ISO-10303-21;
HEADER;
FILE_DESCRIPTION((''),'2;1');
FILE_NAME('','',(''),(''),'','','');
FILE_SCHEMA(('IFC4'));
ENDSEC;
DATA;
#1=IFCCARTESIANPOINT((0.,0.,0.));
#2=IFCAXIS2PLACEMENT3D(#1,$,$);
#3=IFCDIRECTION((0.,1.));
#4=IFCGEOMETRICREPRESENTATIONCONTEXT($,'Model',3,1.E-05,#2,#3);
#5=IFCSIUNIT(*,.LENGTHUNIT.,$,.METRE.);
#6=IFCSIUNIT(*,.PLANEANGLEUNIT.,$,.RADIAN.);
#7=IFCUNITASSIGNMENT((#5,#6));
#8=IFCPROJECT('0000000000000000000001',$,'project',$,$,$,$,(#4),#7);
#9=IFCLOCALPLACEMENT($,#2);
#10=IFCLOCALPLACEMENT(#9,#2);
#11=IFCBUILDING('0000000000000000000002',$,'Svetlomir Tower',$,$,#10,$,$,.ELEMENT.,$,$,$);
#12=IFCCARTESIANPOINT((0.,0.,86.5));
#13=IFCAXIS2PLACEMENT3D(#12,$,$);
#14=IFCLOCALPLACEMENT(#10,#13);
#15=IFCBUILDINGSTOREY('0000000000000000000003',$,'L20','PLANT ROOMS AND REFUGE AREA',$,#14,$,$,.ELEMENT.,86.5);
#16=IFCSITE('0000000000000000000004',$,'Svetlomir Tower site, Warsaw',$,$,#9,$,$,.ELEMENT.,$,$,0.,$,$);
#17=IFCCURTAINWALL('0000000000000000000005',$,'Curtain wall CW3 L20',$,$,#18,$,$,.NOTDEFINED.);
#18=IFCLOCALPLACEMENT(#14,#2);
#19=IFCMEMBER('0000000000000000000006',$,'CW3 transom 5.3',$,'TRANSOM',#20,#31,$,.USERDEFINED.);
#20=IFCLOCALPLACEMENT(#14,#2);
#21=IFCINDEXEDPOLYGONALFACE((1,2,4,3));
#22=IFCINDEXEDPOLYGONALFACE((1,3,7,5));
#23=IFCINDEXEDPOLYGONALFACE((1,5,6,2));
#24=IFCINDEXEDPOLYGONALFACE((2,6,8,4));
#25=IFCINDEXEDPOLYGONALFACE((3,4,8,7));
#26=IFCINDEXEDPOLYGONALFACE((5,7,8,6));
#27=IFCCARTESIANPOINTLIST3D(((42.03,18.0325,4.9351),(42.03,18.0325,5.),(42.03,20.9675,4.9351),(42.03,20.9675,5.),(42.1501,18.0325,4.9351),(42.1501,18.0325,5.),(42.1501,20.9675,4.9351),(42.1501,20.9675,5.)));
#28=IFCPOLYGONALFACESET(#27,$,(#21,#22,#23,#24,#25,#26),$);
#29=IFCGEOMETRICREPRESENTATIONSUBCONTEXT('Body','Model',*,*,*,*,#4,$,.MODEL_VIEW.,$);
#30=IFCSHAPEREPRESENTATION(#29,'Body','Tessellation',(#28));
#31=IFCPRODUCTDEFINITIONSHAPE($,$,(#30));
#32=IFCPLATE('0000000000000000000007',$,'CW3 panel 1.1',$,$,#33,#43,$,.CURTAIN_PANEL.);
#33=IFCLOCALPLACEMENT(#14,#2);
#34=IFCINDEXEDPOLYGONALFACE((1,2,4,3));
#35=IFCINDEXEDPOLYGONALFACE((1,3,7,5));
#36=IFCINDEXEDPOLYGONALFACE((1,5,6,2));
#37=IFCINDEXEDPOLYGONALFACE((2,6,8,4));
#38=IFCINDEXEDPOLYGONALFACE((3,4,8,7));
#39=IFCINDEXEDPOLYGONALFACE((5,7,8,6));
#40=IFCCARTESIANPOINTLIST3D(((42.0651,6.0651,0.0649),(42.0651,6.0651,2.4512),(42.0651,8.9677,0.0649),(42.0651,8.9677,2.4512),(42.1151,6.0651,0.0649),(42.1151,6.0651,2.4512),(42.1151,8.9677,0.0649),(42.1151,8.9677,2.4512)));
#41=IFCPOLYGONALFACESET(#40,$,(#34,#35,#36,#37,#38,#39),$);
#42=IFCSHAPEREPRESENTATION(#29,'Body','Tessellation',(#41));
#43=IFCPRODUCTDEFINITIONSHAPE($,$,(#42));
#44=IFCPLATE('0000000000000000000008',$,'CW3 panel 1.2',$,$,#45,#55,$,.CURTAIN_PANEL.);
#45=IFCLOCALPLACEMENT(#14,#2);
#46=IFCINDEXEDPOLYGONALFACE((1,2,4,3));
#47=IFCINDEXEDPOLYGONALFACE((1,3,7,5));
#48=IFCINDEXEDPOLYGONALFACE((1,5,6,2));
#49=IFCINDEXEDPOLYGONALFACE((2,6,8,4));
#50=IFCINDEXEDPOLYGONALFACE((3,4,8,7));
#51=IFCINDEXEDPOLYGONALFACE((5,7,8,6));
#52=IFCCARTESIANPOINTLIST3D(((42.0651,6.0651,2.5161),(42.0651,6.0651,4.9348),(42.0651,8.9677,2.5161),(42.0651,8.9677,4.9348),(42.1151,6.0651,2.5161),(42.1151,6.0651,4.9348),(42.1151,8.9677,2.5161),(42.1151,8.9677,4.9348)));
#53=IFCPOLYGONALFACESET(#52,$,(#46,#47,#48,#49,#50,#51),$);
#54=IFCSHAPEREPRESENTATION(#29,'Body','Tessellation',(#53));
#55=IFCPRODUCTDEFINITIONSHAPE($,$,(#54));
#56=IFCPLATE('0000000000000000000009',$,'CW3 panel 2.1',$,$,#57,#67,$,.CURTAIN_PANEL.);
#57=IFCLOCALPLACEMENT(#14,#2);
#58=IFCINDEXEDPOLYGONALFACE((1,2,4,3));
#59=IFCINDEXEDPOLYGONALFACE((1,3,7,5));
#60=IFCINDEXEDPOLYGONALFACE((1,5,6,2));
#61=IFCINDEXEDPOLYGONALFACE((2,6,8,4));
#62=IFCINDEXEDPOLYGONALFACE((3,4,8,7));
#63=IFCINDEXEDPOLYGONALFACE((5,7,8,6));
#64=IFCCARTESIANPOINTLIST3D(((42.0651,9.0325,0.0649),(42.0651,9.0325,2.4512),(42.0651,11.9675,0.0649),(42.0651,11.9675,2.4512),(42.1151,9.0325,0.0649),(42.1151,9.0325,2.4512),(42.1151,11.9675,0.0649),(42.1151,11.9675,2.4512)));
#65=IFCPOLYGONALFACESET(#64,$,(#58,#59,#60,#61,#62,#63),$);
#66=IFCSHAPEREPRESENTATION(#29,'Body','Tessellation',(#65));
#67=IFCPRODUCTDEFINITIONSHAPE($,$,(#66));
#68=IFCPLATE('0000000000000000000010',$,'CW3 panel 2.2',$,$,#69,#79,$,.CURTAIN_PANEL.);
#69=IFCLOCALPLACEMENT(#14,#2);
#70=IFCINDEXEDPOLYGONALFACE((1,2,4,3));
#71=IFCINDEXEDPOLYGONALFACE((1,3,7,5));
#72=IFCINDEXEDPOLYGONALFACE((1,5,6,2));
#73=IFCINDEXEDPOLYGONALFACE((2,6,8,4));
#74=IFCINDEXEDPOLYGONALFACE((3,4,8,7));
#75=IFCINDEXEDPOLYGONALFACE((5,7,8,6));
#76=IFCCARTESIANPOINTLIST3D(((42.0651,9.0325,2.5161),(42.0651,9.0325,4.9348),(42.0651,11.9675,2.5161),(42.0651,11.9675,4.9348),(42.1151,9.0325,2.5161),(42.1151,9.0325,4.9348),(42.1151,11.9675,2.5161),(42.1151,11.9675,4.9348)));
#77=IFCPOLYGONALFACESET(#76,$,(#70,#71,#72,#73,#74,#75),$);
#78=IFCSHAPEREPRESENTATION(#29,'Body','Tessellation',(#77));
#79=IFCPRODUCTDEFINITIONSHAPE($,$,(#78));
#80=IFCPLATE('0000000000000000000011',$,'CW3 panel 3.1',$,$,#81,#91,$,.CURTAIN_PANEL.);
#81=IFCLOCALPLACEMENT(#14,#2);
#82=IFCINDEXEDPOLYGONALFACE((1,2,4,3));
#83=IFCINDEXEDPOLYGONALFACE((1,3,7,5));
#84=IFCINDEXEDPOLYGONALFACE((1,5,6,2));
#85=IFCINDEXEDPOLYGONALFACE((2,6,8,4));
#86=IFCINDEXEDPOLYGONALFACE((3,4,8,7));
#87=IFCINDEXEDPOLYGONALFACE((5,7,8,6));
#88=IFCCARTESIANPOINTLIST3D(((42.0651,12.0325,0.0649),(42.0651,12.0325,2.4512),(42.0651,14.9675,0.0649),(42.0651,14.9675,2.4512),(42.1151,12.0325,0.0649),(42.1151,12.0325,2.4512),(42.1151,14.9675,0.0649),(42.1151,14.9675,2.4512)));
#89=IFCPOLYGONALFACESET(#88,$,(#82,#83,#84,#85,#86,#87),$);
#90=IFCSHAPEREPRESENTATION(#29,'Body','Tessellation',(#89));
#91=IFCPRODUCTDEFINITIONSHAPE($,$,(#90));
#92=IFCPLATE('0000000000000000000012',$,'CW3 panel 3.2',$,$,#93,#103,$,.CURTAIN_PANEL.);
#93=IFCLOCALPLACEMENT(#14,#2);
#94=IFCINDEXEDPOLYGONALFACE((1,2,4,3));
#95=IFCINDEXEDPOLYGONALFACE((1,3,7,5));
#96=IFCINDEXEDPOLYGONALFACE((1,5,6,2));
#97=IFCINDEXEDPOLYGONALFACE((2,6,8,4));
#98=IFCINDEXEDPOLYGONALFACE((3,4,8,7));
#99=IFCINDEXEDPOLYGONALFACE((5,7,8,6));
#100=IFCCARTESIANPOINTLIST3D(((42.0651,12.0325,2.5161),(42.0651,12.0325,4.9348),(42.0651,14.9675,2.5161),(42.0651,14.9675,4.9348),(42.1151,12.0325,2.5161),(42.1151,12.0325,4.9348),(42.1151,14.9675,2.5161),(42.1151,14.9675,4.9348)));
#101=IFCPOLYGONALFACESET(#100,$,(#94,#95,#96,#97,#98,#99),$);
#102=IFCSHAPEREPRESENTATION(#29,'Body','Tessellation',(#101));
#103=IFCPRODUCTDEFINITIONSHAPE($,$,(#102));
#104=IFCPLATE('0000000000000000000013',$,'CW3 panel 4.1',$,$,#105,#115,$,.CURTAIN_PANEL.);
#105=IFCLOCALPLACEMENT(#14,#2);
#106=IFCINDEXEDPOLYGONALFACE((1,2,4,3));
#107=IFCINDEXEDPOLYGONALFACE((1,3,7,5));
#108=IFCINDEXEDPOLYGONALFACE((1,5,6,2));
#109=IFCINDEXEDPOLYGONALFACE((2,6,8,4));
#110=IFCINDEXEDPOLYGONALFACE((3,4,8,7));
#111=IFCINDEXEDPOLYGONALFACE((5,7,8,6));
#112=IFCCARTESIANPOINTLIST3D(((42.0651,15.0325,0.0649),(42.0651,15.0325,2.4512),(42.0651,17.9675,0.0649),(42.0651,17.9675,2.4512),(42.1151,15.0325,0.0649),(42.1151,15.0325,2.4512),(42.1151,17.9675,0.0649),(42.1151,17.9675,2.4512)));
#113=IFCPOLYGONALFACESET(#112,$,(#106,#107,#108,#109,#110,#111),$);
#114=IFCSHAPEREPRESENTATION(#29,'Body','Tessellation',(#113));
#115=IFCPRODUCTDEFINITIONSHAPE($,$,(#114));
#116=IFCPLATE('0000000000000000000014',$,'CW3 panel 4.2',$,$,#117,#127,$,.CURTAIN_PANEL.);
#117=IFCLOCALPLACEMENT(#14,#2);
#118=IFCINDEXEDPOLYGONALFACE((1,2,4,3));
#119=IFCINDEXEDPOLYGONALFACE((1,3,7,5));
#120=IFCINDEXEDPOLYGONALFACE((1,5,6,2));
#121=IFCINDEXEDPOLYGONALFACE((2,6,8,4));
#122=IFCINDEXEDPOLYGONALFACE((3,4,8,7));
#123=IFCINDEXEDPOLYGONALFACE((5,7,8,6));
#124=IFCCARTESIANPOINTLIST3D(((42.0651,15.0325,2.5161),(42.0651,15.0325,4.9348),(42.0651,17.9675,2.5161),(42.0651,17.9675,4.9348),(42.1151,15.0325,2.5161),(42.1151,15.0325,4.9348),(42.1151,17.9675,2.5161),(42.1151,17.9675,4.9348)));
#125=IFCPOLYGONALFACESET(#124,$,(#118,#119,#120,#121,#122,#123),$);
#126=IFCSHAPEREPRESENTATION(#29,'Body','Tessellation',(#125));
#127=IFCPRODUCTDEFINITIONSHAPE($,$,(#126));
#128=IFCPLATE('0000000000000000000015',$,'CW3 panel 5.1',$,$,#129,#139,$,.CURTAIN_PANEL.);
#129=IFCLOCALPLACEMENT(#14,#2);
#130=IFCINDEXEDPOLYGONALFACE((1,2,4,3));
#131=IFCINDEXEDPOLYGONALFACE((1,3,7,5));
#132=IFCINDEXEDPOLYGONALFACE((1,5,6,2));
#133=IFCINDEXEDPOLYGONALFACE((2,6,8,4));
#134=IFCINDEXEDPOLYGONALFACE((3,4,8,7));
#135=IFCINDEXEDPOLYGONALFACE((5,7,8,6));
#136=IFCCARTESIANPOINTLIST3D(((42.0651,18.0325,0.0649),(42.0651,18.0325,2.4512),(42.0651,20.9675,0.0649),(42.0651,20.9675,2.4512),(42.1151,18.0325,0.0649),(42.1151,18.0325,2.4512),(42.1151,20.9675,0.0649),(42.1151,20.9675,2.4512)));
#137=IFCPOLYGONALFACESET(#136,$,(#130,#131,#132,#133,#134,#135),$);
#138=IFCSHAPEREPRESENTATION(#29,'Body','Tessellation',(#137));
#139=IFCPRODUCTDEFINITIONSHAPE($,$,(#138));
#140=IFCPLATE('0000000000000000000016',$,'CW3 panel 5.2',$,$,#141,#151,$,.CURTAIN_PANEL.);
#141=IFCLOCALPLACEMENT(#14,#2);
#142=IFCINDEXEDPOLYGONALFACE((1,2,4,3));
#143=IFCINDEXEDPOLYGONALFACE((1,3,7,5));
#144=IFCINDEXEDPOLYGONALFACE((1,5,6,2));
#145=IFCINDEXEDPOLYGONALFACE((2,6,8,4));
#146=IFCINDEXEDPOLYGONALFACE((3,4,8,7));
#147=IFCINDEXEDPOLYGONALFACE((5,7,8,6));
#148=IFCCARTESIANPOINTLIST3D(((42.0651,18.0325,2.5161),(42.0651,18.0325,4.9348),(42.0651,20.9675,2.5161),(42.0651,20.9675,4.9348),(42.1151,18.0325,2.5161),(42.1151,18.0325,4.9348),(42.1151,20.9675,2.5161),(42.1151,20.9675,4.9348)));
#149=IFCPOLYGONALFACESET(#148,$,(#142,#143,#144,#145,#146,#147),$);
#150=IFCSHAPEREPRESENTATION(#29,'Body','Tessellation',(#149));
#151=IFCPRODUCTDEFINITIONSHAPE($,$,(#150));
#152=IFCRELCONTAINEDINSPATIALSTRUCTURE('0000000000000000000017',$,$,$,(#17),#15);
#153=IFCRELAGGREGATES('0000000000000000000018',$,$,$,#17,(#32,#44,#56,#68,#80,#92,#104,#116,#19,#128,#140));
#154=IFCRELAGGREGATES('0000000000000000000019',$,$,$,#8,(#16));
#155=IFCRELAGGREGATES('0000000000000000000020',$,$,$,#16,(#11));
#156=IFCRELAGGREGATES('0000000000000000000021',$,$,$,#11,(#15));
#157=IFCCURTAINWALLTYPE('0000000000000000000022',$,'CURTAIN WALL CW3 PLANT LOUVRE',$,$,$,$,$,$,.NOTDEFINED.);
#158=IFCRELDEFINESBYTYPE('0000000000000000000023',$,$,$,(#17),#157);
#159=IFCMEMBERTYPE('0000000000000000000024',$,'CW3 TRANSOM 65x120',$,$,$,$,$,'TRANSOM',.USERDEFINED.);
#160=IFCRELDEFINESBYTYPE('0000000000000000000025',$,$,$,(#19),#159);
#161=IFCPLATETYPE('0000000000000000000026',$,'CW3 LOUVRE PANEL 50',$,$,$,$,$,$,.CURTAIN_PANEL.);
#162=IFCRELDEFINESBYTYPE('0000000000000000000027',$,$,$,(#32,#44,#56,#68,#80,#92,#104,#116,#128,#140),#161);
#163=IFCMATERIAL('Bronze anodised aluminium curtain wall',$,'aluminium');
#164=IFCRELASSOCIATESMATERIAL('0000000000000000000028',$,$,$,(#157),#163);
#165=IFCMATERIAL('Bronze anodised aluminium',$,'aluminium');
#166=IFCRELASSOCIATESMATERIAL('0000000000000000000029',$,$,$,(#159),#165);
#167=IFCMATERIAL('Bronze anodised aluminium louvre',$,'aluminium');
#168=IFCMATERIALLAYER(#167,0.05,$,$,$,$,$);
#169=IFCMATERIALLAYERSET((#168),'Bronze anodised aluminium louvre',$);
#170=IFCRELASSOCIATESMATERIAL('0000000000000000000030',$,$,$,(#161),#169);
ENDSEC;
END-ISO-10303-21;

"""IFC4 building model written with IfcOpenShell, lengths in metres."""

from ifc_helpers import new_model, si_unit, direction, frame, origin, origin_2d, place, context, subcontext, project, spatial, rectangle, extrude, material, layer, layer_set, material_profile, profile_set, type_object, element, aggregate, save


model = new_model("IFC4")

# Units and contexts
model_context = context("Model", 3, precision=1e-05, world=origin(), true_north=direction((0.0, 1.0)))
body_context = subcontext(model_context, "Body", "Model", "MODEL_VIEW")
ifc_project = project(units=[si_unit("LENGTHUNIT", "METRE"), si_unit("PLANEANGLEUNIT", "RADIAN")], contexts=[model_context])

# Site, building, storey
site_placement = place(None, origin())
site = spatial("IfcSite", under=ifc_project, at=site_placement, Name="Svetlomir Tower site, Warsaw", CompositionType="ELEMENT", RefElevation=0.0)
building_placement = place(site_placement, origin())
building = spatial("IfcBuilding", under=site, at=building_placement, Name="Svetlomir Tower", CompositionType="ELEMENT")
storey_placement = place(building_placement, frame((0.0, 0.0, 86.5)))
storey = spatial("IfcBuildingStorey", under=building, at=storey_placement, Name="L20", Description="PLANT ROOMS AND REFUGE AREA", CompositionType="ELEMENT", Elevation=86.5)

# Curtain wall, member, plates
ifc_material_1 = material(Name="Bronze anodised aluminium curtain wall", Category="aluminium")
curtain_wall_type = type_object("IfcCurtainWallType", Name="CURTAIN WALL CW3 PLANT LOUVRE", PredefinedType="NOTDEFINED", material=ifc_material_1)
curtain_wall_placement = place(storey_placement, origin())
curtain_wall = element("IfcCurtainWall", 1, at=curtain_wall_placement, inside=storey, type_object=curtain_wall_type, Name="Curtain wall CW3 L20", PredefinedType="NOTDEFINED")
ifc_material_2 = material(Name="Bronze anodised aluminium", Category="aluminium")
ifc_material_profile_1 = material_profile(ifc_material_2, rectangle(XDim=0.1201, YDim=0.0649, at=origin_2d()), Name="AL 120x65")
ifc_profile_set_1 = profile_set([ifc_material_profile_1], Name="Bronze anodised aluminium 6063-T6")
member_type_1 = type_object("IfcMemberType", Name="CW3 TRANSOM 65x120", ElementType="TRANSOM", PredefinedType="USERDEFINED", material=ifc_profile_set_1)
member_1_placement = place(storey_placement, frame((42.0901, 18.0325, 4.9675), z_axis=(0.0, 1.0, 0.0), x_axis=(-1.0, 0.0, 0.0)))
member_1 = element("IfcMember", 2, at=member_1_placement, type_object=member_type_1, Name="CW3 transom 5.3", ObjectType="TRANSOM", PredefinedType="USERDEFINED", context=body_context, shape_type="SweptSolid", body=[
    extrude(rectangle(XDim=0.1201, YDim=0.0649, at=origin_2d()), origin(), (0.0, 0.0, 1.0), 2.9351),
])
ifc_material_3 = material(Name="Bronze anodised aluminium louvre", Category="aluminium")
ifc_layer = layer(ifc_material_3, 0.05)
ifc_layer_set = layer_set([ifc_layer], Name="Bronze anodised aluminium louvre")
plate_type = type_object("IfcPlateType", Name="CW3 LOUVRE PANEL 50", PredefinedType="CURTAIN_PANEL", material=ifc_layer_set)
plate_1_placement = place(storey_placement, frame((42.0901, 7.5164, 0.0649), z_axis=(0.0, 0.0, 1.0), x_axis=(0.0, 1.0, 0.0)))
plate_1 = element("IfcPlate", 3, at=plate_1_placement, type_object=plate_type, Name="CW3 panel 1.1", PredefinedType="CURTAIN_PANEL", context=body_context, shape_type="SweptSolid", body=[
    extrude(rectangle(XDim=2.9026, YDim=0.05, at=origin_2d()), origin(), (0.0, 0.0, 1.0), 2.3862),
])
plate_2_placement = place(storey_placement, frame((42.0901, 7.5164, 2.5161), z_axis=(0.0, 0.0, 1.0), x_axis=(0.0, 1.0, 0.0)))
plate_2 = element("IfcPlate", 4, at=plate_2_placement, type_object=plate_type, Name="CW3 panel 1.2", PredefinedType="CURTAIN_PANEL", context=body_context, shape_type="SweptSolid", body=[
    extrude(rectangle(XDim=2.9026, YDim=0.05, at=origin_2d()), origin(), (0.0, 0.0, 1.0), 2.4187),
])
plate_3_placement = place(storey_placement, frame((42.0901, 10.5, 0.0649), z_axis=(0.0, 0.0, 1.0), x_axis=(0.0, 1.0, 0.0)))
plate_3 = element("IfcPlate", 5, at=plate_3_placement, type_object=plate_type, Name="CW3 panel 2.1", PredefinedType="CURTAIN_PANEL", context=body_context, shape_type="SweptSolid", body=[
    extrude(rectangle(XDim=2.9351, YDim=0.05, at=origin_2d()), origin(), (0.0, 0.0, 1.0), 2.3862),
])
plate_4_placement = place(storey_placement, frame((42.0901, 10.5, 2.5161), z_axis=(0.0, 0.0, 1.0), x_axis=(0.0, 1.0, 0.0)))
plate_4 = element("IfcPlate", 6, at=plate_4_placement, type_object=plate_type, Name="CW3 panel 2.2", PredefinedType="CURTAIN_PANEL", context=body_context, shape_type="SweptSolid", body=[
    extrude(rectangle(XDim=2.9351, YDim=0.05, at=origin_2d()), origin(), (0.0, 0.0, 1.0), 2.4187),
])
plate_5_placement = place(storey_placement, frame((42.0901, 13.5, 0.0649), z_axis=(0.0, 0.0, 1.0), x_axis=(0.0, 1.0, 0.0)))
plate_5 = element("IfcPlate", 7, at=plate_5_placement, type_object=plate_type, Name="CW3 panel 3.1", PredefinedType="CURTAIN_PANEL", context=body_context, shape_type="SweptSolid", body=[
    extrude(rectangle(XDim=2.9351, YDim=0.05, at=origin_2d()), origin(), (0.0, 0.0, 1.0), 2.3862),
])
plate_6_placement = place(storey_placement, frame((42.0901, 13.5, 2.5161), z_axis=(0.0, 0.0, 1.0), x_axis=(0.0, 1.0, 0.0)))
plate_6 = element("IfcPlate", 8, at=plate_6_placement, type_object=plate_type, Name="CW3 panel 3.2", PredefinedType="CURTAIN_PANEL", context=body_context, shape_type="SweptSolid", body=[
    extrude(rectangle(XDim=2.9351, YDim=0.05, at=origin_2d()), origin(), (0.0, 0.0, 1.0), 2.4187),
])
plate_7_placement = place(storey_placement, frame((42.0901, 16.5, 0.0649), z_axis=(0.0, 0.0, 1.0), x_axis=(0.0, 1.0, 0.0)))
plate_7 = element("IfcPlate", 9, at=plate_7_placement, type_object=plate_type, Name="CW3 panel 4.1", PredefinedType="CURTAIN_PANEL", context=body_context, shape_type="SweptSolid", body=[
    extrude(rectangle(XDim=2.9351, YDim=0.05, at=origin_2d()), origin(), (0.0, 0.0, 1.0), 2.3862),
])
plate_8_placement = place(storey_placement, frame((42.0901, 16.5, 2.5161), z_axis=(0.0, 0.0, 1.0), x_axis=(0.0, 1.0, 0.0)))
plate_8 = element("IfcPlate", 10, at=plate_8_placement, type_object=plate_type, Name="CW3 panel 4.2", PredefinedType="CURTAIN_PANEL", context=body_context, shape_type="SweptSolid", body=[
    extrude(rectangle(XDim=2.9351, YDim=0.05, at=origin_2d()), origin(), (0.0, 0.0, 1.0), 2.4187),
])
plate_9_placement = place(storey_placement, frame((42.0901, 19.5, 0.0649), z_axis=(0.0, 0.0, 1.0), x_axis=(0.0, 1.0, 0.0)))
plate_9 = element("IfcPlate", 11, at=plate_9_placement, type_object=plate_type, Name="CW3 panel 5.1", PredefinedType="CURTAIN_PANEL", context=body_context, shape_type="SweptSolid", body=[
    extrude(rectangle(XDim=2.9351, YDim=0.05, at=origin_2d()), origin(), (0.0, 0.0, 1.0), 2.3862),
])
plate_10_placement = place(storey_placement, frame((42.0901, 19.5, 2.5161), z_axis=(0.0, 0.0, 1.0), x_axis=(0.0, 1.0, 0.0)))
plate_10 = element("IfcPlate", 12, at=plate_10_placement, type_object=plate_type, Name="CW3 panel 5.2", PredefinedType="CURTAIN_PANEL", context=body_context, shape_type="SweptSolid", body=[
    extrude(rectangle(XDim=2.9351, YDim=0.05, at=origin_2d()), origin(), (0.0, 0.0, 1.0), 2.4187),
])
aggregate(curtain_wall, [plate_1, plate_2, plate_3, plate_4, plate_5, plate_6, plate_7, plate_8, member_1, plate_9, plate_10])

save(model, "model.ifc")
